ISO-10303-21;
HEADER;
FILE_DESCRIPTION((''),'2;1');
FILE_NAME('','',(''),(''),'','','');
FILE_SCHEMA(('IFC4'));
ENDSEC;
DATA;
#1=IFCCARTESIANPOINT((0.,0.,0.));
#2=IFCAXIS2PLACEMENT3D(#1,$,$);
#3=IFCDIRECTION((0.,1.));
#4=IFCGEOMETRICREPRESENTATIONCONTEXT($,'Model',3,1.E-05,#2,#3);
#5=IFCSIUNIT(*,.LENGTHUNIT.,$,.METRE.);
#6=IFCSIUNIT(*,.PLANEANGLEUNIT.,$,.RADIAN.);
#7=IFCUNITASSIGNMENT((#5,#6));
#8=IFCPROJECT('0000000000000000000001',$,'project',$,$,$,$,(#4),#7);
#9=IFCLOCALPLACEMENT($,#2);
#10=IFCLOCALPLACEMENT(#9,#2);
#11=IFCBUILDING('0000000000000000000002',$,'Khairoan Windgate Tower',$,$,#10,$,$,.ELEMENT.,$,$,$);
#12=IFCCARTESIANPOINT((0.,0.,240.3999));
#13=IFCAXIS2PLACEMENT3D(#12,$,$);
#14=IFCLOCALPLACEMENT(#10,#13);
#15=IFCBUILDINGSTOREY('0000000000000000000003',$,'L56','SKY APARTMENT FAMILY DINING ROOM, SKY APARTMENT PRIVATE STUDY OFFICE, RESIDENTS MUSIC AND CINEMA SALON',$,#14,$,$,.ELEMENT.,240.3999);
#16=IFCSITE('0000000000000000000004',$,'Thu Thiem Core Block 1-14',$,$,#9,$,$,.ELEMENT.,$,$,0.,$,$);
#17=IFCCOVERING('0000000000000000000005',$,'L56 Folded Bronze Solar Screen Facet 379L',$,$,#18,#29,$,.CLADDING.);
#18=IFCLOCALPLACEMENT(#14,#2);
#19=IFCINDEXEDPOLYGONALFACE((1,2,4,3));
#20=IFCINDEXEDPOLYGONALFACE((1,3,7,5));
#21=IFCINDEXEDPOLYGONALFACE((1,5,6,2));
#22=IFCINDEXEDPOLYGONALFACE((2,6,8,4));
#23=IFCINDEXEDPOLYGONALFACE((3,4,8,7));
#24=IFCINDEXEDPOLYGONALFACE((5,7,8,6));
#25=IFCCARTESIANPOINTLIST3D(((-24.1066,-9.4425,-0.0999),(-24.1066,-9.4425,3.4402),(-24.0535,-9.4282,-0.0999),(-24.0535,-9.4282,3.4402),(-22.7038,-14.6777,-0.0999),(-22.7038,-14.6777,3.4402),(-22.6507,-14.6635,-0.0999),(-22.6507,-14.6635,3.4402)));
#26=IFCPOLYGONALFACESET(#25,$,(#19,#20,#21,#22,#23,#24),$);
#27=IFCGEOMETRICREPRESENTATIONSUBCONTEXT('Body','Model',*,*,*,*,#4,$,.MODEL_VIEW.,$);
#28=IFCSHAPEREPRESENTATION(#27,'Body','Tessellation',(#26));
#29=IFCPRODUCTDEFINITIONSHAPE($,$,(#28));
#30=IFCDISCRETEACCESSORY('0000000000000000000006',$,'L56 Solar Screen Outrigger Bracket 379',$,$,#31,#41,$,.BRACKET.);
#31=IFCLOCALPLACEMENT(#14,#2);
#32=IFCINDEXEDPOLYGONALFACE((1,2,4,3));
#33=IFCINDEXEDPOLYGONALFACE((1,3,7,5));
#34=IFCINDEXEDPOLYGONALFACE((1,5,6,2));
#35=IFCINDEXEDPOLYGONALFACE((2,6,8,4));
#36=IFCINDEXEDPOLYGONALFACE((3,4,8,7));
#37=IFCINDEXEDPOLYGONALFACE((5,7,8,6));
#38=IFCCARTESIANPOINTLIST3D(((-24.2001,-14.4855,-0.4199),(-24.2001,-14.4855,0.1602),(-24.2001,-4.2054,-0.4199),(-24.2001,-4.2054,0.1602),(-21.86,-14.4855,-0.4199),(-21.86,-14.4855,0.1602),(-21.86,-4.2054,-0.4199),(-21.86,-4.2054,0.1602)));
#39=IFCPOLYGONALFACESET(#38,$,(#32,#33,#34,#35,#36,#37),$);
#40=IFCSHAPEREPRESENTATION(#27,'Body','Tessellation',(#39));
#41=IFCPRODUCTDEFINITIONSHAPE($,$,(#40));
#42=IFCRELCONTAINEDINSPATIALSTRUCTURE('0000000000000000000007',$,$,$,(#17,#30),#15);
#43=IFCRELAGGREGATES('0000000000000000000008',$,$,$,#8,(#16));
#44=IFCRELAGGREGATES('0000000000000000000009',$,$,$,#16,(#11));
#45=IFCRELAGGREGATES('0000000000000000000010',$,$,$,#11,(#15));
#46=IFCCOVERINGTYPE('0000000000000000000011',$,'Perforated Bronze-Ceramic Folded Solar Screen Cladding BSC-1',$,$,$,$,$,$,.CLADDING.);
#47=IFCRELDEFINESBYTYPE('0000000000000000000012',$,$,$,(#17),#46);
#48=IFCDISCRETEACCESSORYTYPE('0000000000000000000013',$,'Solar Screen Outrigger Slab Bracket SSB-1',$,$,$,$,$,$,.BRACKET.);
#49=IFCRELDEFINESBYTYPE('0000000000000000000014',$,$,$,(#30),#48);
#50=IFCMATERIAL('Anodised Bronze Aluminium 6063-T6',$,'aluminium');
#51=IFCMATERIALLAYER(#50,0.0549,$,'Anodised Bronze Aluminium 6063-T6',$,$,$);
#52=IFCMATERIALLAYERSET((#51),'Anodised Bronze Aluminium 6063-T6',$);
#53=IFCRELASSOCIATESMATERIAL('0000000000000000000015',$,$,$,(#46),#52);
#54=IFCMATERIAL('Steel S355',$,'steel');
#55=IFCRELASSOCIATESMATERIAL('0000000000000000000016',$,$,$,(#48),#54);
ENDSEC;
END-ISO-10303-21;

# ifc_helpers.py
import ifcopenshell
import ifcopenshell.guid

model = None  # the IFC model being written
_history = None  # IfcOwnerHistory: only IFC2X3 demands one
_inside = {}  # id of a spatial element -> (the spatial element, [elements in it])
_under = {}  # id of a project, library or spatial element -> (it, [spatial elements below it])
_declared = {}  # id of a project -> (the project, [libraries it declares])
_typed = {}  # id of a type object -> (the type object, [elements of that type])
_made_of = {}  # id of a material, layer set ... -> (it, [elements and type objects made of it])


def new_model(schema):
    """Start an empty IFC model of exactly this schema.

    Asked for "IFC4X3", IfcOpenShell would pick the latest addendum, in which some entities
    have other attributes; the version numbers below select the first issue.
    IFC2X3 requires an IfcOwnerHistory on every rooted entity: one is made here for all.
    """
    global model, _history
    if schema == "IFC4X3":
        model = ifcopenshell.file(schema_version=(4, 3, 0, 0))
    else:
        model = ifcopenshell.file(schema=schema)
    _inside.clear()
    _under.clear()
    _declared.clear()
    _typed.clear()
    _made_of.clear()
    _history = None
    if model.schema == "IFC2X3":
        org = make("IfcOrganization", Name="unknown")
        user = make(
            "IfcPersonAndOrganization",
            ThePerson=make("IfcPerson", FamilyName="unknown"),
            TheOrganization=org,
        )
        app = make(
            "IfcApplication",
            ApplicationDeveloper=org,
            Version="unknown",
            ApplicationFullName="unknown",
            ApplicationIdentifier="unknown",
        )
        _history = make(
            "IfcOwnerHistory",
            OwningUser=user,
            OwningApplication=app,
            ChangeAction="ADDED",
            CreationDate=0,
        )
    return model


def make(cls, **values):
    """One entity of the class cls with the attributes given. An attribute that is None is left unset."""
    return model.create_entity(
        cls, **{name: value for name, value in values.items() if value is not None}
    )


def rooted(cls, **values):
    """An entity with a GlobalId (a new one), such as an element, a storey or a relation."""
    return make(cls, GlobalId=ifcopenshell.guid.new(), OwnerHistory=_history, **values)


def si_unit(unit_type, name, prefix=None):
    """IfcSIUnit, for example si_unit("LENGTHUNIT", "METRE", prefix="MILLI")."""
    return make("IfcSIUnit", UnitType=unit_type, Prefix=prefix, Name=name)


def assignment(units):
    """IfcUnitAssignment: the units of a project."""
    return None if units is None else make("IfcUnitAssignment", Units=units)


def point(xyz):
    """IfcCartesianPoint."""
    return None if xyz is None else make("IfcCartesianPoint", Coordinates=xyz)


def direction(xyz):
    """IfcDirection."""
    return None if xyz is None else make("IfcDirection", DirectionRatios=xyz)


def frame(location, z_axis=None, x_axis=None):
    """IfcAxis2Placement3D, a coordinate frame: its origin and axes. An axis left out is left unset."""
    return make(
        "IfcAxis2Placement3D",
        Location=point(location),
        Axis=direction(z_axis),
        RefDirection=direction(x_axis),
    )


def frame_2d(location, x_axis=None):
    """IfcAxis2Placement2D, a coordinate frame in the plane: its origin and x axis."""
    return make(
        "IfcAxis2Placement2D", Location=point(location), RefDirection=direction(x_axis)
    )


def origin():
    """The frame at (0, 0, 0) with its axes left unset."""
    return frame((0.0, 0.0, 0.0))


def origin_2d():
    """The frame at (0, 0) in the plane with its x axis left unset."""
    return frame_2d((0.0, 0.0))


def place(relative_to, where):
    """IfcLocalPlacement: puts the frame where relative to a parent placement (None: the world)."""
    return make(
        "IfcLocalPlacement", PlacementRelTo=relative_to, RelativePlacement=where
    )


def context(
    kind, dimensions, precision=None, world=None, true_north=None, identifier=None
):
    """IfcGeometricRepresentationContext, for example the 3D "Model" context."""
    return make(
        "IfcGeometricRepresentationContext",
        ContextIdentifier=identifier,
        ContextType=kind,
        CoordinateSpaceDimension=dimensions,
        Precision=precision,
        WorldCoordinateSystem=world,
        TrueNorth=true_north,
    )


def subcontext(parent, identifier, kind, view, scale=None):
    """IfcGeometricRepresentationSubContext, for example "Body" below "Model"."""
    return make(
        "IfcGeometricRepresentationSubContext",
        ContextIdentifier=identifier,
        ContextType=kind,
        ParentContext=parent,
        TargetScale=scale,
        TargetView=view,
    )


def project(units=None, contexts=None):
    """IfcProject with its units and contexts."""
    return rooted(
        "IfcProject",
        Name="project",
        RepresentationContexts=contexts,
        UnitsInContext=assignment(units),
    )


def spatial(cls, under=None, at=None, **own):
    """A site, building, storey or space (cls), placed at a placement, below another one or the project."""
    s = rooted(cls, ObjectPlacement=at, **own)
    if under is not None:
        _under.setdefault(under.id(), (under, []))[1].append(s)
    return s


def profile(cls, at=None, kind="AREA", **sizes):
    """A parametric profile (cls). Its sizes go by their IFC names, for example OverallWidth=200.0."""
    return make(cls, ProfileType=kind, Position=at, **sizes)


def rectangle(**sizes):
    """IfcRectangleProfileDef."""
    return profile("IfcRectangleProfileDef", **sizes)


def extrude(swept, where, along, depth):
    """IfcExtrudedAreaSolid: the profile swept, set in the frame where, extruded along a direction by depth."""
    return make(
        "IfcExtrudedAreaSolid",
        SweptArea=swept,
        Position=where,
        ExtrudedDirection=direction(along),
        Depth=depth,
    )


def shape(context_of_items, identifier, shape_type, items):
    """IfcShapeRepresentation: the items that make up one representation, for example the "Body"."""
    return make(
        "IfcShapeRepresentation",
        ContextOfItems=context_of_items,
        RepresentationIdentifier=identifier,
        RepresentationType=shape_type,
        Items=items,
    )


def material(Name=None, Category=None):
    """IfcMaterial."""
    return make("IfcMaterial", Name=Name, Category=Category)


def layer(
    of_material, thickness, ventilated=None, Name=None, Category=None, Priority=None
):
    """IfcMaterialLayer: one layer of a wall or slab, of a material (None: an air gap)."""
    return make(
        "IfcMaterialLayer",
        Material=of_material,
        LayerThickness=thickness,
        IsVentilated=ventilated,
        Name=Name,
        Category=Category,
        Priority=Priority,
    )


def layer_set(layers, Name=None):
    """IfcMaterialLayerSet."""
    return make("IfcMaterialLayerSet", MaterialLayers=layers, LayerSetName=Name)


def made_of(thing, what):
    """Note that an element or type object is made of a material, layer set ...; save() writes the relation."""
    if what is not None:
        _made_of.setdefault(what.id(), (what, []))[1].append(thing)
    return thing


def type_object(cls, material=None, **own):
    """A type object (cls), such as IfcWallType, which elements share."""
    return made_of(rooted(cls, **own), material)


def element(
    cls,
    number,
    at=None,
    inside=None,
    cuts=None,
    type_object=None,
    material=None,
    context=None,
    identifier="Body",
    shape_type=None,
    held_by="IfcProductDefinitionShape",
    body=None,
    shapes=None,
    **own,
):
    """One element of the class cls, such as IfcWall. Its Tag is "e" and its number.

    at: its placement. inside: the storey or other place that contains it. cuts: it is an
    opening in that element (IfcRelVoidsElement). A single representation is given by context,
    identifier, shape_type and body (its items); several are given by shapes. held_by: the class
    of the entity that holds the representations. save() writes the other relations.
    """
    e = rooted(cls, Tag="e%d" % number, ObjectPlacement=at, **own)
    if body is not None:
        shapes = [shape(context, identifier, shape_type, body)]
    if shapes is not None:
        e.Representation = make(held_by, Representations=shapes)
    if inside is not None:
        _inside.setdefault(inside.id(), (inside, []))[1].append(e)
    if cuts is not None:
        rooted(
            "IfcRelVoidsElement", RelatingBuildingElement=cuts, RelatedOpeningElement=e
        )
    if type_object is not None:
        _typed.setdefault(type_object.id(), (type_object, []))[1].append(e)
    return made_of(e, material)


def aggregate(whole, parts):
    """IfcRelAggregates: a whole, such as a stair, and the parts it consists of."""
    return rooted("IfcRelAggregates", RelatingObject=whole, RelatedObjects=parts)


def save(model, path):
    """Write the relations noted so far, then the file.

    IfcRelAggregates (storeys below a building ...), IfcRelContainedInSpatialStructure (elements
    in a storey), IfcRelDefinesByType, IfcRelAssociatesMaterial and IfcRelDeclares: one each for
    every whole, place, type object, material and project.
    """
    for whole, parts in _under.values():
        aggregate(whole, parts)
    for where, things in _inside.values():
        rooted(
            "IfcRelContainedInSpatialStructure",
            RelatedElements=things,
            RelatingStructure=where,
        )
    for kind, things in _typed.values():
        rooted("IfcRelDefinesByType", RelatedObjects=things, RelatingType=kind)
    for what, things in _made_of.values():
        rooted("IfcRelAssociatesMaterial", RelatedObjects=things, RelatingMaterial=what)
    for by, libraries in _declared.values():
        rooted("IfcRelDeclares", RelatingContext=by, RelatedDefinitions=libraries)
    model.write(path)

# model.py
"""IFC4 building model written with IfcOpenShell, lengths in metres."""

from ifc_helpers import new_model, si_unit, direction, frame, origin, origin_2d, place, context, subcontext, project, spatial, rectangle, extrude, material, layer, layer_set, type_object, element, save


model = new_model("IFC4")

# Units and contexts
model_context = context("Model", 3, precision=1e-05, world=origin(), true_north=direction((0.0, 1.0)))
body_context = subcontext(model_context, "Body", "Model", "MODEL_VIEW")
ifc_project = project(units=[si_unit("LENGTHUNIT", "METRE"), si_unit("PLANEANGLEUNIT", "RADIAN")], contexts=[model_context])

# Site, building, storey
site_placement = place(None, origin())
site = spatial("IfcSite", under=ifc_project, at=site_placement, Name="Thu Thiem Core Block 1-14", CompositionType="ELEMENT", RefElevation=0.0)
building_placement = place(site_placement, origin())
building = spatial("IfcBuilding", under=site, at=building_placement, Name="Khairoan Windgate Tower", CompositionType="ELEMENT")
storey_placement = place(building_placement, frame((0.0, 0.0, 240.3999)))
storey = spatial("IfcBuildingStorey", under=building, at=storey_placement, Name="L56", Description="SKY APARTMENT FAMILY DINING ROOM, SKY APARTMENT PRIVATE STUDY OFFICE, RESIDENTS MUSIC AND CINEMA SALON", CompositionType="ELEMENT", Elevation=240.3999)

# Covering
ifc_material_1 = material(Name="Anodised Bronze Aluminium 6063-T6", Category="aluminium")
ifc_layer_1 = layer(ifc_material_1, 0.0549, Name="Anodised Bronze Aluminium 6063-T6")
ifc_layer_set_1 = layer_set([ifc_layer_1], Name="Anodised Bronze Aluminium 6063-T6")
covering_type = type_object("IfcCoveringType", Name="Perforated Bronze-Ceramic Folded Solar Screen Cladding BSC-1", PredefinedType="CLADDING", material=ifc_layer_set_1)
covering_placement = place(storey_placement, frame((-23.3787, -12.053, -0.0999), z_axis=(0.0, 0.0, 1.0), x_axis=(-0.258819, 0.965926, 0.0)))
element("IfcCovering", 1, at=covering_placement, inside=storey, type_object=covering_type, Name="L56 Folded Bronze Solar Screen Facet 379L", PredefinedType="CLADDING", context=body_context, shape_type="SweptSolid", body=[
    extrude(rectangle(XDim=5.4199, YDim=0.0549, at=origin_2d()), origin(), (0.0, 0.0, 1.0), 3.54),
])

# Discrete accessory
ifc_material_2 = material(Name="Steel S355", Category="steel")
discrete_accessory_type = type_object("IfcDiscreteAccessoryType", Name="Solar Screen Outrigger Slab Bracket SSB-1", PredefinedType="BRACKET", material=ifc_material_2)
discrete_accessory_placement = place(storey_placement, frame((-23.03, -9.3455, -0.4199), z_axis=(0.0, 0.0, 1.0), x_axis=(0.0, 1.0, 0.0)))
element("IfcDiscreteAccessory", 2, at=discrete_accessory_placement, inside=storey, type_object=discrete_accessory_type, Name="L56 Solar Screen Outrigger Bracket 379", PredefinedType="BRACKET", context=body_context, shape_type="SweptSolid", body=[
    extrude(rectangle(XDim=10.28, YDim=2.3401, at=origin_2d()), origin(), (0.0, 0.0, 1.0), 0.5801),
])

save(model, "model.ifc")
